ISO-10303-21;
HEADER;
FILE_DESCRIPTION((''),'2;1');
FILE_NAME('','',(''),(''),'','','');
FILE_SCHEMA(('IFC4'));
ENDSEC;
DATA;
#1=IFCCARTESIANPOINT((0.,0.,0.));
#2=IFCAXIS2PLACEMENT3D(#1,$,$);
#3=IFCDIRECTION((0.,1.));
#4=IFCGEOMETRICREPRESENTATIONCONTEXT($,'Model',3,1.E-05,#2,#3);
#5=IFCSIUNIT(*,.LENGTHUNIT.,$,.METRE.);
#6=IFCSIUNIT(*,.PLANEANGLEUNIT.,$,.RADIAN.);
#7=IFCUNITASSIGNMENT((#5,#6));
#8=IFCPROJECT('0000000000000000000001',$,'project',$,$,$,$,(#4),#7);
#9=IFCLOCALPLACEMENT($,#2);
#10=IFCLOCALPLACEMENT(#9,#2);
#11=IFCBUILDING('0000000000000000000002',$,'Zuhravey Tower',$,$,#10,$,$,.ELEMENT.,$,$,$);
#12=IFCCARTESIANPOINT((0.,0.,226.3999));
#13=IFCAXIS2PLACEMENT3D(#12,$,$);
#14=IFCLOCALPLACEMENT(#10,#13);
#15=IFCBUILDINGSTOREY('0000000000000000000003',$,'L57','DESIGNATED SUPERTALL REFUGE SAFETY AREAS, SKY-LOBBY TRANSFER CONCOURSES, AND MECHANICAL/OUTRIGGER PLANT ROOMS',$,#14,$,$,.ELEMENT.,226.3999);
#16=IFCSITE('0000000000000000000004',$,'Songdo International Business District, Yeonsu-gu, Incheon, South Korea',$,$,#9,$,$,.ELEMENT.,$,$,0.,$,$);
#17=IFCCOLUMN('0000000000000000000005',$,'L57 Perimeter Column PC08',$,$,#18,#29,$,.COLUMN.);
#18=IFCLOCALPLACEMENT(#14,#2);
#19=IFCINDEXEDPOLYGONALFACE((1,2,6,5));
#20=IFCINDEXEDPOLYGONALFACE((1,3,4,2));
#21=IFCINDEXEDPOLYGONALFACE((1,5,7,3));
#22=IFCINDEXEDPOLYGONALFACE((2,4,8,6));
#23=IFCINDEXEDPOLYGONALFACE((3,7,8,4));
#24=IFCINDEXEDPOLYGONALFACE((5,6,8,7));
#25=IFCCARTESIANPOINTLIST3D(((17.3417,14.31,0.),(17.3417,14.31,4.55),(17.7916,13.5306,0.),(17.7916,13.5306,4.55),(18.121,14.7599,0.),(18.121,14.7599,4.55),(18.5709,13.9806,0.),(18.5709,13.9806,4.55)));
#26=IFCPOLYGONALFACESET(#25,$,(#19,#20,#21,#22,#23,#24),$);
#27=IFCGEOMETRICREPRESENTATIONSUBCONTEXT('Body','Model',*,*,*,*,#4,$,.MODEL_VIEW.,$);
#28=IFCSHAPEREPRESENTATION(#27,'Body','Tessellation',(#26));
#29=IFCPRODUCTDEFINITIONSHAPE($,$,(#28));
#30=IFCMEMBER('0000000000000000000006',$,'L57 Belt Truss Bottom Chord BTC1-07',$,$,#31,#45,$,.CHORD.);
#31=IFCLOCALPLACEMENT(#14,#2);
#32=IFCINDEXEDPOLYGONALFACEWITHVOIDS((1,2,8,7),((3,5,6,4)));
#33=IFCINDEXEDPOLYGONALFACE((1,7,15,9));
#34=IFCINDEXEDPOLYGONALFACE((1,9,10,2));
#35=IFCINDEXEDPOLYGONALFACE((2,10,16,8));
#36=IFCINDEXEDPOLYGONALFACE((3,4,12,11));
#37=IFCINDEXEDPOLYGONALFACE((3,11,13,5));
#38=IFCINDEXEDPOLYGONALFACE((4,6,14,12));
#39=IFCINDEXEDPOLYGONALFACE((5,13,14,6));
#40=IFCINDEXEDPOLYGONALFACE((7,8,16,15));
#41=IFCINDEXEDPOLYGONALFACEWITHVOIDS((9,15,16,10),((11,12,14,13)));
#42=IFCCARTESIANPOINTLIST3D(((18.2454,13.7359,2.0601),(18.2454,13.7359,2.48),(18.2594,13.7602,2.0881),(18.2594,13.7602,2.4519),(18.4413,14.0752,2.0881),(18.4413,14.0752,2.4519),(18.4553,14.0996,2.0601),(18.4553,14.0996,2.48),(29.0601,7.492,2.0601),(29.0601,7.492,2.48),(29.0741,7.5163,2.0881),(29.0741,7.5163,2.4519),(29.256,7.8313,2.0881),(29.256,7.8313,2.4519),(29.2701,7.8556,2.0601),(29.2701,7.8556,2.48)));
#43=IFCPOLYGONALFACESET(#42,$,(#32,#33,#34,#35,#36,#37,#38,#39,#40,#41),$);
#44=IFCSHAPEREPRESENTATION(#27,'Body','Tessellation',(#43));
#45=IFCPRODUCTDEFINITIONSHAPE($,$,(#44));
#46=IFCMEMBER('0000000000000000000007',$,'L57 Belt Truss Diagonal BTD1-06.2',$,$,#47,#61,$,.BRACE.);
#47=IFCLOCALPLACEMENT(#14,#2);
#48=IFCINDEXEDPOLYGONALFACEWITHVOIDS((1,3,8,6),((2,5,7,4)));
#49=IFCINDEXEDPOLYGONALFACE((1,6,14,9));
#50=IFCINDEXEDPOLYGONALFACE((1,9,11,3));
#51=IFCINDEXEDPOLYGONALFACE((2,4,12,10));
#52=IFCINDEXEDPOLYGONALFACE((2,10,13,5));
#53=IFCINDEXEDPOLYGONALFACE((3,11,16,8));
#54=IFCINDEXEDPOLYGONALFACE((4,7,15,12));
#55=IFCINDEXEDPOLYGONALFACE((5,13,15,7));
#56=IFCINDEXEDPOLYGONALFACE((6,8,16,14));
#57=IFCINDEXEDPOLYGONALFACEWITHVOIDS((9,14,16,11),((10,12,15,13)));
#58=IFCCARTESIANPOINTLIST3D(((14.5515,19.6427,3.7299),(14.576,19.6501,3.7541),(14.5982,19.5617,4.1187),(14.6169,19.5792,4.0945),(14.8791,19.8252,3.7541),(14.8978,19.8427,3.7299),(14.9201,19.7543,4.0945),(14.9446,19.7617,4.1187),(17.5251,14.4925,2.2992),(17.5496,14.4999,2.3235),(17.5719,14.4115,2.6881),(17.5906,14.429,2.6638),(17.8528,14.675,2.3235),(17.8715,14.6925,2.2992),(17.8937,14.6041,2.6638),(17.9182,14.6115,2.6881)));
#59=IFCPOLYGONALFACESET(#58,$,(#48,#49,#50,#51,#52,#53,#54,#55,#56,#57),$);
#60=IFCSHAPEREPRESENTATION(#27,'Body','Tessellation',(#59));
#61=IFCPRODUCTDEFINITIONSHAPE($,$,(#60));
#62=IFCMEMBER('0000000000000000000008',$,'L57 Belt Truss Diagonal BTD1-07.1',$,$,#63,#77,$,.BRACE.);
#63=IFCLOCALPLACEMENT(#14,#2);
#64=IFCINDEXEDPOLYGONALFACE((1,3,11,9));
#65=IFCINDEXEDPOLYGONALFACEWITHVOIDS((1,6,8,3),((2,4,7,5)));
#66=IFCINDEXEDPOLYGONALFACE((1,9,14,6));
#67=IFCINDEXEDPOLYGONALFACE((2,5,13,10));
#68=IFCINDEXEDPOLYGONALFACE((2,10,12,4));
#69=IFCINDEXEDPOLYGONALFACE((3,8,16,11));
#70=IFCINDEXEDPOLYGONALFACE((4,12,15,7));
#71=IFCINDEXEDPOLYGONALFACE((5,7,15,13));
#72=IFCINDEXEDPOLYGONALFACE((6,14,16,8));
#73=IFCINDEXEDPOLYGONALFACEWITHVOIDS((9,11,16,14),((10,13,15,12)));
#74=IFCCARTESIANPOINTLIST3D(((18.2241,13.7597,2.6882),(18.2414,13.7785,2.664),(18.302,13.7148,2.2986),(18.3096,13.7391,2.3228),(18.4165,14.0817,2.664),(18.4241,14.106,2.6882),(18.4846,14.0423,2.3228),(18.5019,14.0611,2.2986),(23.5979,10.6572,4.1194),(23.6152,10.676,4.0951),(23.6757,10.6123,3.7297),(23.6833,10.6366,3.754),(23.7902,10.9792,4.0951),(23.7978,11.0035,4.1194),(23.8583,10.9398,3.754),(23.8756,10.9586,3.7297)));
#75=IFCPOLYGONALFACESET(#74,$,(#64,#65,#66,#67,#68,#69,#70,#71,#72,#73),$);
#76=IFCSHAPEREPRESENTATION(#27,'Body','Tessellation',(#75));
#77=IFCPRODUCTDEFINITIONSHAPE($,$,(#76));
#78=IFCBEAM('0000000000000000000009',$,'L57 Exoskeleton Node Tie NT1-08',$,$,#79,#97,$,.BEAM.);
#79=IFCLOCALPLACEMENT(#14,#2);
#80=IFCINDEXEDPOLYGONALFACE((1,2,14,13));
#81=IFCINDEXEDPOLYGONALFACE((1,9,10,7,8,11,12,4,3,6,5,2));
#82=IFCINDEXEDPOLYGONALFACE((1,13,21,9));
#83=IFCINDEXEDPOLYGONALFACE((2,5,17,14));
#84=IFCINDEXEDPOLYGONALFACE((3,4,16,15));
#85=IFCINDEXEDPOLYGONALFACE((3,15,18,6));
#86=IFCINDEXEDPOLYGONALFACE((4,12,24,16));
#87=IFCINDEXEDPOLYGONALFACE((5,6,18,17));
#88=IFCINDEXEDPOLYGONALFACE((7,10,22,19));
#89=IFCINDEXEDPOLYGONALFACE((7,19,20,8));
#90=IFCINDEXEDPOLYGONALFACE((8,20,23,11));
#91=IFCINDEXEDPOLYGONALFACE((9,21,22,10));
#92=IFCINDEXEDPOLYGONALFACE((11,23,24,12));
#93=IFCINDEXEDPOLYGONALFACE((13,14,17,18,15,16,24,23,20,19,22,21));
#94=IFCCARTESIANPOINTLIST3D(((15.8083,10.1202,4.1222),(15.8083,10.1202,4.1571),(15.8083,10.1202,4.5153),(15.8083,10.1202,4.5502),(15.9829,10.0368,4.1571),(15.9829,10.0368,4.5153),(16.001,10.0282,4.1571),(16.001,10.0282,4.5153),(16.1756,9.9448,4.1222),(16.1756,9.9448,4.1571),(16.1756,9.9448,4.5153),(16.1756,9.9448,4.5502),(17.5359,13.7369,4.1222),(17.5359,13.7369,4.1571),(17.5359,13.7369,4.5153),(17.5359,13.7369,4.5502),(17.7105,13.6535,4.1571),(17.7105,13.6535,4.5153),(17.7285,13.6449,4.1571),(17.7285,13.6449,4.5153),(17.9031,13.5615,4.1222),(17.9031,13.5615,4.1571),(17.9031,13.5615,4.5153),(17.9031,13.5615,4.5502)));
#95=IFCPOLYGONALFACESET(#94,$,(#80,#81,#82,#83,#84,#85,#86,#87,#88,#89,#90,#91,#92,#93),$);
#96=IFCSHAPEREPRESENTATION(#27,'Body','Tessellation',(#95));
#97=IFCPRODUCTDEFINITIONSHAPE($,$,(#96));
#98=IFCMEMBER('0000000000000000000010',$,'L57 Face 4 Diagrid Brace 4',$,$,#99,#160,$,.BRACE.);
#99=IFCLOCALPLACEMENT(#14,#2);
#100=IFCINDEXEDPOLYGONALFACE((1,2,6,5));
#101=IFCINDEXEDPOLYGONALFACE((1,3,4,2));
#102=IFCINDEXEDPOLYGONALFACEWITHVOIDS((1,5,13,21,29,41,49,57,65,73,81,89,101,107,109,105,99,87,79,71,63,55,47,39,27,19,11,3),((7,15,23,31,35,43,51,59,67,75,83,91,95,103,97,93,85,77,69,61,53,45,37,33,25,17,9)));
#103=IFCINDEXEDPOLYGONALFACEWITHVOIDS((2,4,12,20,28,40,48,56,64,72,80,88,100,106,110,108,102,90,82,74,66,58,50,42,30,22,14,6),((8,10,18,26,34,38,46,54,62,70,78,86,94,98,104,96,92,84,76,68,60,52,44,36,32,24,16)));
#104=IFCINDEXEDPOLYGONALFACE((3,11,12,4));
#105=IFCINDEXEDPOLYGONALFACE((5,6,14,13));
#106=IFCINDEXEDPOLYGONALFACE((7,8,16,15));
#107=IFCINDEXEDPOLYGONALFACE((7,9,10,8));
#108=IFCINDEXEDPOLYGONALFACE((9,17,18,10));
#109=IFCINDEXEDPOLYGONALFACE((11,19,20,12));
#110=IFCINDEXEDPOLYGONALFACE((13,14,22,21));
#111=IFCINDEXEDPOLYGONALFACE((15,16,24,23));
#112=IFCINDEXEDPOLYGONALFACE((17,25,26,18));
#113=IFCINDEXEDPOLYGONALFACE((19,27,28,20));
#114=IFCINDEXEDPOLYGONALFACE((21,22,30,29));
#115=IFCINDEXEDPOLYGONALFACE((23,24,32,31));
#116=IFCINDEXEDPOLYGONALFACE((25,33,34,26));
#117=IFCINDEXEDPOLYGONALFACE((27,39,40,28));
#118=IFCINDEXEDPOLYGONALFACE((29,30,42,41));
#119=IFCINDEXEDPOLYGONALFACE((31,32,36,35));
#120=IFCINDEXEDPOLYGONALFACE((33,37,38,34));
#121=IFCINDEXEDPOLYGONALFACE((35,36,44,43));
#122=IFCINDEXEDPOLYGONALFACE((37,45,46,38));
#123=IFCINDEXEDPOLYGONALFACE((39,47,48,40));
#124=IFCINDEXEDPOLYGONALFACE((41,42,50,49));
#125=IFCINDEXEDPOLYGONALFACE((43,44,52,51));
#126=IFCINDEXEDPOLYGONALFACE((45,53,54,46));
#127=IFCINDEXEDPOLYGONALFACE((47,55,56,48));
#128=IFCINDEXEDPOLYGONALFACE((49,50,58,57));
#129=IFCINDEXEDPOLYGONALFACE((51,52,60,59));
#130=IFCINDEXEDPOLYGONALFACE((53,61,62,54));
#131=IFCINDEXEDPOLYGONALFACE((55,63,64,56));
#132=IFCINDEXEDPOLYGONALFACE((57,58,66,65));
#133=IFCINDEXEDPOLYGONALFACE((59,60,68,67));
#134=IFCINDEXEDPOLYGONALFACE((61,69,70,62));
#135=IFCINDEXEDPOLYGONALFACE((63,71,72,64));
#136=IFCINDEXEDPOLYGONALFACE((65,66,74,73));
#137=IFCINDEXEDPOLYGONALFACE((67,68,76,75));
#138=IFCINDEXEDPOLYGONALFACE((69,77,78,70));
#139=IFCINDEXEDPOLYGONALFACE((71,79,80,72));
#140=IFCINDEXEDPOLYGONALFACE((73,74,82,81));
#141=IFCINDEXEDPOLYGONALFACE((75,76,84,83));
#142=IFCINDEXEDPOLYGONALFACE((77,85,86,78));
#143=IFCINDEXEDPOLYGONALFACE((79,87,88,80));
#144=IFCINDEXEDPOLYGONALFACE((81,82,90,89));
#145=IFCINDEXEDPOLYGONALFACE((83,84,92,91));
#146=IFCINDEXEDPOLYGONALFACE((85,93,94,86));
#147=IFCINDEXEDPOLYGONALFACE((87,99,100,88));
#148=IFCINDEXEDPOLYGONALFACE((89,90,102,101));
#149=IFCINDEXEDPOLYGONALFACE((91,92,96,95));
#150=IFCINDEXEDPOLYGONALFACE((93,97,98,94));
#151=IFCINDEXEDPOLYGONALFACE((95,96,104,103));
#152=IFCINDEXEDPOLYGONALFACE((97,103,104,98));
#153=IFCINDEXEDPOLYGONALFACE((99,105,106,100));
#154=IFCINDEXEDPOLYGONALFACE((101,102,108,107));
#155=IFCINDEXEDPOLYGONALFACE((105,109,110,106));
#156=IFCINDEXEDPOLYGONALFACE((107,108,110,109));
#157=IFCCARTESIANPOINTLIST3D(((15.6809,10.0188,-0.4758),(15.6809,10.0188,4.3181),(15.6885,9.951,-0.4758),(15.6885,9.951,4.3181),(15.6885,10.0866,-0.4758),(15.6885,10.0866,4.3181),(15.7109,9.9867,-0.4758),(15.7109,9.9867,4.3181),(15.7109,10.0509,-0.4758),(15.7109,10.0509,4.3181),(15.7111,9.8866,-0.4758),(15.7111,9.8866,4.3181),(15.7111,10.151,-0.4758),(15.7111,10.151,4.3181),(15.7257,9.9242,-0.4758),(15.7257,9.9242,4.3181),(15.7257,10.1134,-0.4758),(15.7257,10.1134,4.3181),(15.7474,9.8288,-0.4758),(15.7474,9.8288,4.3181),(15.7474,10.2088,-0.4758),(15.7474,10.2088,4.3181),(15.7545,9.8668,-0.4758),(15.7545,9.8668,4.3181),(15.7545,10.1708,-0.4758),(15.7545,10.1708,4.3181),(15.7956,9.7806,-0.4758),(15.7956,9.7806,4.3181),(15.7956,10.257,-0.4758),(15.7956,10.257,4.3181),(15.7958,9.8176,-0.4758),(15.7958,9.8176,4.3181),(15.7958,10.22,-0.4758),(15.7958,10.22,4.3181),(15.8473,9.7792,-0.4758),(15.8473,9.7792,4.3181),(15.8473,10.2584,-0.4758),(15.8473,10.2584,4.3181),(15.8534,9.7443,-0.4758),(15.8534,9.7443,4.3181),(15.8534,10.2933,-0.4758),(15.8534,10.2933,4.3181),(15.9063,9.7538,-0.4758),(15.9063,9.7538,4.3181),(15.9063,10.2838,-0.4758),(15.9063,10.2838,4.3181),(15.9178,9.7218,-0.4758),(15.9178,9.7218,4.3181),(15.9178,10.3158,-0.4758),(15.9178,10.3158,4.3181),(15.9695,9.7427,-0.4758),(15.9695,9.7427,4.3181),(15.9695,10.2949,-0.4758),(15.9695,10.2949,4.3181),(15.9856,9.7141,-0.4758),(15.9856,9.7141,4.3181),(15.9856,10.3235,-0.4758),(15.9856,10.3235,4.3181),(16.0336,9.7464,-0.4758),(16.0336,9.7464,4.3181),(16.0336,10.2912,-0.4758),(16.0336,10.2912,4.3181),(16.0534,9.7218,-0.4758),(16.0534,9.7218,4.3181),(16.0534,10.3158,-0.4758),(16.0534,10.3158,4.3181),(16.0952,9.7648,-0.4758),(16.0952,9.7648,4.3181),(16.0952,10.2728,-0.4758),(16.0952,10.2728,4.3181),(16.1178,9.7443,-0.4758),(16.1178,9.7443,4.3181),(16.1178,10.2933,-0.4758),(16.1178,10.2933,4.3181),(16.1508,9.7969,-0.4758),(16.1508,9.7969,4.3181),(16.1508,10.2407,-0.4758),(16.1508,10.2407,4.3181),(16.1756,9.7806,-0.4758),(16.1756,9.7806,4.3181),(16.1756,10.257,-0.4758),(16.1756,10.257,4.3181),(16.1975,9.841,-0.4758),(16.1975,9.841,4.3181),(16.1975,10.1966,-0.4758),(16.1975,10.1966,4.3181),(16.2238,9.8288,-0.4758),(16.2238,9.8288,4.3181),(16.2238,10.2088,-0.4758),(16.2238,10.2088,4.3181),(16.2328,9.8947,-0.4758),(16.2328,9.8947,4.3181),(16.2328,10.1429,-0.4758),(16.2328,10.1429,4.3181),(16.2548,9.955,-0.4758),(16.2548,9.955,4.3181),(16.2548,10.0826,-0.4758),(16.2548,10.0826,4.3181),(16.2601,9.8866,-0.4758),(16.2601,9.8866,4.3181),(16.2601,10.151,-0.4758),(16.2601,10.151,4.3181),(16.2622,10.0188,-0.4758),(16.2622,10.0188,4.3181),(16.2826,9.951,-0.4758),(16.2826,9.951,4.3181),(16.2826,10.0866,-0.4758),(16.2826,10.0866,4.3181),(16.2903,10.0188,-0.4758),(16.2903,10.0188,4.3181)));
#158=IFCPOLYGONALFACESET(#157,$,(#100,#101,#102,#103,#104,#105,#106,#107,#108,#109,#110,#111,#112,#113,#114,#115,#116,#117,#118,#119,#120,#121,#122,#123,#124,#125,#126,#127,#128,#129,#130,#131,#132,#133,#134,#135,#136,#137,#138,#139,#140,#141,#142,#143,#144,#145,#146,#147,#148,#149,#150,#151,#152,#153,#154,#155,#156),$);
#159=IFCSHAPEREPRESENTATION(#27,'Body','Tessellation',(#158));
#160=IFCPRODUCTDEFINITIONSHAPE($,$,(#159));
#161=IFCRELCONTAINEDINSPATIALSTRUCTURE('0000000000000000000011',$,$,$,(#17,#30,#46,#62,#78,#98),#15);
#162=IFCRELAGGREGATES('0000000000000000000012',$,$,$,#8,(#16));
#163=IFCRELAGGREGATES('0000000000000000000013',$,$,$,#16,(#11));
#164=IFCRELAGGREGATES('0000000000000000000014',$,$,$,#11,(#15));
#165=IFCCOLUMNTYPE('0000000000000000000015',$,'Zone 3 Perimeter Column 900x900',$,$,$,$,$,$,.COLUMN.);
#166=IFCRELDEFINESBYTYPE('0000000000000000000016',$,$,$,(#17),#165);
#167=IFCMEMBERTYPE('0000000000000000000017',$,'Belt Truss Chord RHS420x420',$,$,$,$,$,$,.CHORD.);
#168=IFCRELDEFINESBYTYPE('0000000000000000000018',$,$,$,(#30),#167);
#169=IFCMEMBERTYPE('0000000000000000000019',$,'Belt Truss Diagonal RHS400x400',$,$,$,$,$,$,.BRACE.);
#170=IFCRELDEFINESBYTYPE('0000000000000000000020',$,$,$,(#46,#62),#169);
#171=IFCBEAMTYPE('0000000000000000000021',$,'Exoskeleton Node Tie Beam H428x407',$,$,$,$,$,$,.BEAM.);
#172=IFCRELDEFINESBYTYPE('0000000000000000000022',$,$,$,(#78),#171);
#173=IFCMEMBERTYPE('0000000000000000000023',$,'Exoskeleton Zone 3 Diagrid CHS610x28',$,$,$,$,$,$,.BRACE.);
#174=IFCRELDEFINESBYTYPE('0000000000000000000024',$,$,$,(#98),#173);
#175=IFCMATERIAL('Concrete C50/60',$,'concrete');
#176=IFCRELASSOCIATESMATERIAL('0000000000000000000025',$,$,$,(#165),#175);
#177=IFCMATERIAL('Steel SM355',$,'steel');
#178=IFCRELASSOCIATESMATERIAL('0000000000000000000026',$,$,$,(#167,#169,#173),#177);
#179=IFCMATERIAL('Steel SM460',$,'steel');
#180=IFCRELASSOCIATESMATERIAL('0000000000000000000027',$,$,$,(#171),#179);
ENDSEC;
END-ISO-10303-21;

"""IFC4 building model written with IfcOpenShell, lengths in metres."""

from ifc_helpers import new_model, si_unit, direction, frame, origin, origin_2d, place, context, subcontext, project, spatial, rectangle, hollow_rectangle, hollow_circle, i_section, extrude, material, material_profile, profile_set, type_object, element, save


model = new_model("IFC4")

# Units and contexts
model_context = context("Model", 3, precision=1e-05, world=origin(), true_north=direction((0.0, 1.0)))
body_context = subcontext(model_context, "Body", "Model", "MODEL_VIEW")
ifc_project = project(units=[si_unit("LENGTHUNIT", "METRE"), si_unit("PLANEANGLEUNIT", "RADIAN")], contexts=[model_context])

# Site, building, storey
site_placement = place(None, origin())
site = spatial("IfcSite", under=ifc_project, at=site_placement, Name="Songdo International Business District, Yeonsu-gu, Incheon, South Korea", CompositionType="ELEMENT", RefElevation=0.0)
building_placement = place(site_placement, origin())
building = spatial("IfcBuilding", under=site, at=building_placement, Name="Zuhravey Tower", CompositionType="ELEMENT")
storey_placement = place(building_placement, frame((0.0, 0.0, 226.3999)))
storey = spatial("IfcBuildingStorey", under=building, at=storey_placement, Name="L57", Description="DESIGNATED SUPERTALL REFUGE SAFETY AREAS, SKY-LOBBY TRANSFER CONCOURSES, AND MECHANICAL/OUTRIGGER PLANT ROOMS", CompositionType="ELEMENT", Elevation=226.3999)

# Column
ifc_material_1 = material(Name="Concrete C50/60", Category="concrete")
ifc_material_profile_1 = material_profile(ifc_material_1, rectangle(XDim=0.8999, YDim=0.8999, at=origin_2d()), Name="RC-900x900")
ifc_profile_set_1 = profile_set([ifc_material_profile_1], Name="Concrete C50/60")
column_type = type_object("IfcColumnType", Name="Zone 3 Perimeter Column 900x900", PredefinedType="COLUMN", material=ifc_profile_set_1)
column_placement = place(storey_placement, frame((17.9563, 14.1453, 0.0), z_axis=(0.0, 0.0, 1.0), x_axis=(0.5, -0.866025, 0.0)))
element("IfcColumn", 1, at=column_placement, inside=storey, type_object=column_type, Name="L57 Perimeter Column PC08", PredefinedType="COLUMN", context=body_context, shape_type="SweptSolid", body=[
    extrude(rectangle(XDim=0.8999, YDim=0.8999, at=origin_2d()), origin(), (0.0, 0.0, 1.0), 4.55),
])

# Members
ifc_material_2 = material(Name="Steel SM355", Category="steel")
ifc_material_profile_2 = material_profile(ifc_material_2, hollow_rectangle(XDim=0.4199, YDim=0.4199, WallThickness=0.0281, at=origin_2d()), Name="RHS-420x420x28")
ifc_profile_set_2 = profile_set([ifc_material_profile_2], Name="Steel SM355")
member_type_1 = type_object("IfcMemberType", Name="Belt Truss Chord RHS420x420", PredefinedType="CHORD", material=ifc_profile_set_2)
member_1_placement = place(storey_placement, frame((18.3503, 13.9177, 2.27), z_axis=(0.866024, -0.500002, 0.0), x_axis=(0.500002, 0.866024, 0.0)))
element("IfcMember", 2, at=member_1_placement, inside=storey, type_object=member_type_1, Name="L57 Belt Truss Bottom Chord BTC1-07", PredefinedType="CHORD", context=body_context, shape_type="SweptSolid", body=[
    extrude(hollow_rectangle(XDim=0.4199, YDim=0.4199, WallThickness=0.0281, at=origin_2d()), origin(), (0.0, 0.0, 1.0), 12.4878),
])
ifc_material_profile_3 = material_profile(ifc_material_2, hollow_rectangle(XDim=0.3999, YDim=0.3999, WallThickness=0.0249, at=origin_2d()), Name="RHS-400x400x25")
ifc_profile_set_3 = profile_set([ifc_material_profile_3], Name="Steel SM355")
member_type_2 = type_object("IfcMemberType", Name="Belt Truss Diagonal RHS400x400", PredefinedType="BRACE", material=ifc_profile_set_3)
member_2_placement = place(storey_placement, frame((17.7217, 14.552, 2.4937), z_axis=(-0.486155, 0.841989, 0.233897), x_axis=(-0.866011, -0.500025, 0.0)))
element("IfcMember", 3, at=member_2_placement, inside=storey, type_object=member_type_2, Name="L57 Belt Truss Diagonal BTD1-06.2", PredefinedType="BRACE", context=body_context, shape_type="SweptSolid", body=[
    extrude(hollow_rectangle(XDim=0.3999, YDim=0.3999, WallThickness=0.0249, at=origin_2d()), origin(), (0.0, 0.0, 1.0), 6.1167),
])
member_3_placement = place(storey_placement, frame((18.363, 13.9104, 2.4934), z_axis=(0.843872, -0.487208, 0.224741), x_axis=(0.499998, 0.866026, 0.0)))
element("IfcMember", 4, at=member_3_placement, inside=storey, type_object=member_type_2, Name="L57 Belt Truss Diagonal BTD1-07.1", PredefinedType="BRACE", context=body_context, shape_type="SweptSolid", body=[
    extrude(hollow_rectangle(XDim=0.3999, YDim=0.3999, WallThickness=0.0249, at=origin_2d()), origin(), (0.0, 0.0, 1.0), 6.3679),
])

# Beam
ifc_material_3 = material(Name="Steel SM460", Category="steel")
ifc_material_profile_4 = material_profile(ifc_material_3, i_section(OverallWidth=0.407, OverallDepth=0.428, WebThickness=0.02, FlangeThickness=0.0349, at=origin_2d()), Name="H-428x407x20x35")
ifc_profile_set_4 = profile_set([ifc_material_profile_4], Name="Steel SM460")
beam_type_1 = type_object("IfcBeamType", Name="Exoskeleton Node Tie Beam H428x407", PredefinedType="BEAM", material=ifc_profile_set_4)
beam_1_placement = place(storey_placement, frame((17.7195, 13.6492, 4.3362), z_axis=(-0.431011, -0.902346, 0.0), x_axis=(0.902346, -0.431011, 0.0)))
element("IfcBeam", 5, at=beam_1_placement, inside=storey, type_object=beam_type_1, Name="L57 Exoskeleton Node Tie NT1-08", PredefinedType="BEAM", context=body_context, shape_type="SweptSolid", body=[
    extrude(i_section(OverallWidth=0.407, OverallDepth=0.428, WebThickness=0.02, FlangeThickness=0.0349, at=origin_2d()), origin(), (0.0, 0.0, 1.0), 4.0081),
])

# Member
ifc_material_profile_5 = material_profile(ifc_material_2, hollow_circle(Radius=0.3047, WallThickness=0.0281, at=origin_2d()), Name="CHS-609.6x28")
ifc_profile_set_5 = profile_set([ifc_material_profile_5], Name="Steel SM355")
member_type_3 = type_object("IfcMemberType", Name="Exoskeleton Zone 3 Diagrid CHS610x28", PredefinedType="BRACE", material=ifc_profile_set_5)
member_4_placement = place(storey_placement, frame((15.9856, 10.0188, -0.4758), z_axis=(0.0, 0.0, 1.0), x_axis=(1.0, 0.0, 0.0)))
element("IfcMember", 6, at=member_4_placement, inside=storey, type_object=member_type_3, Name="L57 Face 4 Diagrid Brace 4", PredefinedType="BRACE", context=body_context, shape_type="SweptSolid", body=[
    extrude(hollow_circle(Radius=0.3047, WallThickness=0.0281, at=origin_2d()), origin(), (0.0, 0.0, 1.0), 4.7939),
])

save(model, "model.ifc")
